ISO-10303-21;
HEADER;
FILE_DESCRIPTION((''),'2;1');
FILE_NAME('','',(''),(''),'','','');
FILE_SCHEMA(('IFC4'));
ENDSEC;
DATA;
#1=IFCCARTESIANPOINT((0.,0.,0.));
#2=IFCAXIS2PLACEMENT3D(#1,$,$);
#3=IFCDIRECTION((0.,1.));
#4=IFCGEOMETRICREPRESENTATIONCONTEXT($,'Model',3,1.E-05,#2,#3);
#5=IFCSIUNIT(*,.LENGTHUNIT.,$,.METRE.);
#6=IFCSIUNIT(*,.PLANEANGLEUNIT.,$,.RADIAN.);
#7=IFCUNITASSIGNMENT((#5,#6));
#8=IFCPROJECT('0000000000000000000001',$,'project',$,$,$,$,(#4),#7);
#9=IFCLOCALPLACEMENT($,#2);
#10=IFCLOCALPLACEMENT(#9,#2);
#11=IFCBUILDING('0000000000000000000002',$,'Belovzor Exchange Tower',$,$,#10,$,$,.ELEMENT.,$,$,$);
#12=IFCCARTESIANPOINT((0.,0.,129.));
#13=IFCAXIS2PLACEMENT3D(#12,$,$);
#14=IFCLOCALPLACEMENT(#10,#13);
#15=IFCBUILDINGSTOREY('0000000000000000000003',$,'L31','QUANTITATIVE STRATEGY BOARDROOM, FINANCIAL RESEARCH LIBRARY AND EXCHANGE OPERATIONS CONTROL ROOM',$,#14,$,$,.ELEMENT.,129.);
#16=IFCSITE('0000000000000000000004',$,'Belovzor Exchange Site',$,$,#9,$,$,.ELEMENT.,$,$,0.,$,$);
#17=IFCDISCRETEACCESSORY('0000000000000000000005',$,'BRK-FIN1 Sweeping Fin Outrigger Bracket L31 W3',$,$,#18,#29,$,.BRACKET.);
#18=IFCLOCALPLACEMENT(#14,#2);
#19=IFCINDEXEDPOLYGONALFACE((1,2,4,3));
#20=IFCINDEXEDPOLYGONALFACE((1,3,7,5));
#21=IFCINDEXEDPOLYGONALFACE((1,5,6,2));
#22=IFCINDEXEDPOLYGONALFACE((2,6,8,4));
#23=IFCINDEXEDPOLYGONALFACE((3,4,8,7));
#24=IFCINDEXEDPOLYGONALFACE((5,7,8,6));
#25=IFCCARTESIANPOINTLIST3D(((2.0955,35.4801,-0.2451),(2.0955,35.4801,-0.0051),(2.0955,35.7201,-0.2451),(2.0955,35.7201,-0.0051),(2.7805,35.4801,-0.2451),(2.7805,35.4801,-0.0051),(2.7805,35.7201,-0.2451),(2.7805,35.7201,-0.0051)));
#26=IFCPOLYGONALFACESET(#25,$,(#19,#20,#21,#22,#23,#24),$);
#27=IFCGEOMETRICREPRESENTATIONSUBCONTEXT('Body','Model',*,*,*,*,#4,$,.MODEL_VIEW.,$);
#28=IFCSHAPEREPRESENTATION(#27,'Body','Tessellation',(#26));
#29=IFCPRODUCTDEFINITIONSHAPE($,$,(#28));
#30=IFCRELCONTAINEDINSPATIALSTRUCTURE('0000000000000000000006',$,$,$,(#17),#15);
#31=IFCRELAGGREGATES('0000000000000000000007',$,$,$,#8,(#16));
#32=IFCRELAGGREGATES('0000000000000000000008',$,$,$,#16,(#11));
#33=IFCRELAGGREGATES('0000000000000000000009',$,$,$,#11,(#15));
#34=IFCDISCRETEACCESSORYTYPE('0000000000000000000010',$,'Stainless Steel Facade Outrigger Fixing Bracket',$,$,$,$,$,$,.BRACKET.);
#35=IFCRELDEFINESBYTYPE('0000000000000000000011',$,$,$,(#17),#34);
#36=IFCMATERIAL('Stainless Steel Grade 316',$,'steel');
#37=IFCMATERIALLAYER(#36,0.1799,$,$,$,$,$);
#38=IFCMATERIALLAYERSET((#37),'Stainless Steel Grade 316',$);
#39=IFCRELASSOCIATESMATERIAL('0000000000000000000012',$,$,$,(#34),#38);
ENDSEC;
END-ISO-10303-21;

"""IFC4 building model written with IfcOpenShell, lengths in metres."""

from ifc_helpers import new_model, si_unit, direction, frame, origin, origin_2d, place, context, subcontext, project, spatial, rectangle, extrude, material, layer, layer_set, type_object, element, save


model = new_model("IFC4")

# Units and contexts
model_context = context("Model", 3, precision=1e-05, world=origin(), true_north=direction((0.0, 1.0)))
body_context = subcontext(model_context, "Body", "Model", "MODEL_VIEW")
ifc_project = project(units=[si_unit("LENGTHUNIT", "METRE"), si_unit("PLANEANGLEUNIT", "RADIAN")], contexts=[model_context])

# Site, building, storey
site_placement = place(None, origin())
site = spatial("IfcSite", under=ifc_project, at=site_placement, Name="Belovzor Exchange Site", CompositionType="ELEMENT", RefElevation=0.0)
building_placement = place(site_placement, origin())
building = spatial("IfcBuilding", under=site, at=building_placement, Name="Belovzor Exchange Tower", CompositionType="ELEMENT")
storey_placement = place(building_placement, frame((0.0, 0.0, 129.0)))
storey = spatial("IfcBuildingStorey", under=building, at=storey_placement, Name="L31", Description="QUANTITATIVE STRATEGY BOARDROOM, FINANCIAL RESEARCH LIBRARY AND EXCHANGE OPERATIONS CONTROL ROOM", CompositionType="ELEMENT", Elevation=129.0)

# Discrete accessory
ifc_material_1 = material(Name="Stainless Steel Grade 316", Category="steel")
ifc_layer_1 = layer(ifc_material_1, 0.1799)
ifc_layer_set_1 = layer_set([ifc_layer_1], Name="Stainless Steel Grade 316")
discrete_accessory_type = type_object("IfcDiscreteAccessoryType", Name="Stainless Steel Facade Outrigger Fixing Bracket", PredefinedType="BRACKET", material=ifc_layer_set_1)
discrete_accessory_placement = place(storey_placement, frame((2.438, 35.6001, -0.2451), z_axis=(0.0, 0.0, 1.0), x_axis=(1.0, 0.0, 0.0)))
element("IfcDiscreteAccessory", 1, at=discrete_accessory_placement, inside=storey, type_object=discrete_accessory_type, Name="BRK-FIN1 Sweeping Fin Outrigger Bracket L31 W3", PredefinedType="BRACKET", context=body_context, shape_type="SweptSolid", body=[
    extrude(rectangle(XDim=0.6851, YDim=0.24, at=origin_2d()), origin(), (0.0, 0.0, 1.0), 0.24),
])

save(model, "model.ifc")
